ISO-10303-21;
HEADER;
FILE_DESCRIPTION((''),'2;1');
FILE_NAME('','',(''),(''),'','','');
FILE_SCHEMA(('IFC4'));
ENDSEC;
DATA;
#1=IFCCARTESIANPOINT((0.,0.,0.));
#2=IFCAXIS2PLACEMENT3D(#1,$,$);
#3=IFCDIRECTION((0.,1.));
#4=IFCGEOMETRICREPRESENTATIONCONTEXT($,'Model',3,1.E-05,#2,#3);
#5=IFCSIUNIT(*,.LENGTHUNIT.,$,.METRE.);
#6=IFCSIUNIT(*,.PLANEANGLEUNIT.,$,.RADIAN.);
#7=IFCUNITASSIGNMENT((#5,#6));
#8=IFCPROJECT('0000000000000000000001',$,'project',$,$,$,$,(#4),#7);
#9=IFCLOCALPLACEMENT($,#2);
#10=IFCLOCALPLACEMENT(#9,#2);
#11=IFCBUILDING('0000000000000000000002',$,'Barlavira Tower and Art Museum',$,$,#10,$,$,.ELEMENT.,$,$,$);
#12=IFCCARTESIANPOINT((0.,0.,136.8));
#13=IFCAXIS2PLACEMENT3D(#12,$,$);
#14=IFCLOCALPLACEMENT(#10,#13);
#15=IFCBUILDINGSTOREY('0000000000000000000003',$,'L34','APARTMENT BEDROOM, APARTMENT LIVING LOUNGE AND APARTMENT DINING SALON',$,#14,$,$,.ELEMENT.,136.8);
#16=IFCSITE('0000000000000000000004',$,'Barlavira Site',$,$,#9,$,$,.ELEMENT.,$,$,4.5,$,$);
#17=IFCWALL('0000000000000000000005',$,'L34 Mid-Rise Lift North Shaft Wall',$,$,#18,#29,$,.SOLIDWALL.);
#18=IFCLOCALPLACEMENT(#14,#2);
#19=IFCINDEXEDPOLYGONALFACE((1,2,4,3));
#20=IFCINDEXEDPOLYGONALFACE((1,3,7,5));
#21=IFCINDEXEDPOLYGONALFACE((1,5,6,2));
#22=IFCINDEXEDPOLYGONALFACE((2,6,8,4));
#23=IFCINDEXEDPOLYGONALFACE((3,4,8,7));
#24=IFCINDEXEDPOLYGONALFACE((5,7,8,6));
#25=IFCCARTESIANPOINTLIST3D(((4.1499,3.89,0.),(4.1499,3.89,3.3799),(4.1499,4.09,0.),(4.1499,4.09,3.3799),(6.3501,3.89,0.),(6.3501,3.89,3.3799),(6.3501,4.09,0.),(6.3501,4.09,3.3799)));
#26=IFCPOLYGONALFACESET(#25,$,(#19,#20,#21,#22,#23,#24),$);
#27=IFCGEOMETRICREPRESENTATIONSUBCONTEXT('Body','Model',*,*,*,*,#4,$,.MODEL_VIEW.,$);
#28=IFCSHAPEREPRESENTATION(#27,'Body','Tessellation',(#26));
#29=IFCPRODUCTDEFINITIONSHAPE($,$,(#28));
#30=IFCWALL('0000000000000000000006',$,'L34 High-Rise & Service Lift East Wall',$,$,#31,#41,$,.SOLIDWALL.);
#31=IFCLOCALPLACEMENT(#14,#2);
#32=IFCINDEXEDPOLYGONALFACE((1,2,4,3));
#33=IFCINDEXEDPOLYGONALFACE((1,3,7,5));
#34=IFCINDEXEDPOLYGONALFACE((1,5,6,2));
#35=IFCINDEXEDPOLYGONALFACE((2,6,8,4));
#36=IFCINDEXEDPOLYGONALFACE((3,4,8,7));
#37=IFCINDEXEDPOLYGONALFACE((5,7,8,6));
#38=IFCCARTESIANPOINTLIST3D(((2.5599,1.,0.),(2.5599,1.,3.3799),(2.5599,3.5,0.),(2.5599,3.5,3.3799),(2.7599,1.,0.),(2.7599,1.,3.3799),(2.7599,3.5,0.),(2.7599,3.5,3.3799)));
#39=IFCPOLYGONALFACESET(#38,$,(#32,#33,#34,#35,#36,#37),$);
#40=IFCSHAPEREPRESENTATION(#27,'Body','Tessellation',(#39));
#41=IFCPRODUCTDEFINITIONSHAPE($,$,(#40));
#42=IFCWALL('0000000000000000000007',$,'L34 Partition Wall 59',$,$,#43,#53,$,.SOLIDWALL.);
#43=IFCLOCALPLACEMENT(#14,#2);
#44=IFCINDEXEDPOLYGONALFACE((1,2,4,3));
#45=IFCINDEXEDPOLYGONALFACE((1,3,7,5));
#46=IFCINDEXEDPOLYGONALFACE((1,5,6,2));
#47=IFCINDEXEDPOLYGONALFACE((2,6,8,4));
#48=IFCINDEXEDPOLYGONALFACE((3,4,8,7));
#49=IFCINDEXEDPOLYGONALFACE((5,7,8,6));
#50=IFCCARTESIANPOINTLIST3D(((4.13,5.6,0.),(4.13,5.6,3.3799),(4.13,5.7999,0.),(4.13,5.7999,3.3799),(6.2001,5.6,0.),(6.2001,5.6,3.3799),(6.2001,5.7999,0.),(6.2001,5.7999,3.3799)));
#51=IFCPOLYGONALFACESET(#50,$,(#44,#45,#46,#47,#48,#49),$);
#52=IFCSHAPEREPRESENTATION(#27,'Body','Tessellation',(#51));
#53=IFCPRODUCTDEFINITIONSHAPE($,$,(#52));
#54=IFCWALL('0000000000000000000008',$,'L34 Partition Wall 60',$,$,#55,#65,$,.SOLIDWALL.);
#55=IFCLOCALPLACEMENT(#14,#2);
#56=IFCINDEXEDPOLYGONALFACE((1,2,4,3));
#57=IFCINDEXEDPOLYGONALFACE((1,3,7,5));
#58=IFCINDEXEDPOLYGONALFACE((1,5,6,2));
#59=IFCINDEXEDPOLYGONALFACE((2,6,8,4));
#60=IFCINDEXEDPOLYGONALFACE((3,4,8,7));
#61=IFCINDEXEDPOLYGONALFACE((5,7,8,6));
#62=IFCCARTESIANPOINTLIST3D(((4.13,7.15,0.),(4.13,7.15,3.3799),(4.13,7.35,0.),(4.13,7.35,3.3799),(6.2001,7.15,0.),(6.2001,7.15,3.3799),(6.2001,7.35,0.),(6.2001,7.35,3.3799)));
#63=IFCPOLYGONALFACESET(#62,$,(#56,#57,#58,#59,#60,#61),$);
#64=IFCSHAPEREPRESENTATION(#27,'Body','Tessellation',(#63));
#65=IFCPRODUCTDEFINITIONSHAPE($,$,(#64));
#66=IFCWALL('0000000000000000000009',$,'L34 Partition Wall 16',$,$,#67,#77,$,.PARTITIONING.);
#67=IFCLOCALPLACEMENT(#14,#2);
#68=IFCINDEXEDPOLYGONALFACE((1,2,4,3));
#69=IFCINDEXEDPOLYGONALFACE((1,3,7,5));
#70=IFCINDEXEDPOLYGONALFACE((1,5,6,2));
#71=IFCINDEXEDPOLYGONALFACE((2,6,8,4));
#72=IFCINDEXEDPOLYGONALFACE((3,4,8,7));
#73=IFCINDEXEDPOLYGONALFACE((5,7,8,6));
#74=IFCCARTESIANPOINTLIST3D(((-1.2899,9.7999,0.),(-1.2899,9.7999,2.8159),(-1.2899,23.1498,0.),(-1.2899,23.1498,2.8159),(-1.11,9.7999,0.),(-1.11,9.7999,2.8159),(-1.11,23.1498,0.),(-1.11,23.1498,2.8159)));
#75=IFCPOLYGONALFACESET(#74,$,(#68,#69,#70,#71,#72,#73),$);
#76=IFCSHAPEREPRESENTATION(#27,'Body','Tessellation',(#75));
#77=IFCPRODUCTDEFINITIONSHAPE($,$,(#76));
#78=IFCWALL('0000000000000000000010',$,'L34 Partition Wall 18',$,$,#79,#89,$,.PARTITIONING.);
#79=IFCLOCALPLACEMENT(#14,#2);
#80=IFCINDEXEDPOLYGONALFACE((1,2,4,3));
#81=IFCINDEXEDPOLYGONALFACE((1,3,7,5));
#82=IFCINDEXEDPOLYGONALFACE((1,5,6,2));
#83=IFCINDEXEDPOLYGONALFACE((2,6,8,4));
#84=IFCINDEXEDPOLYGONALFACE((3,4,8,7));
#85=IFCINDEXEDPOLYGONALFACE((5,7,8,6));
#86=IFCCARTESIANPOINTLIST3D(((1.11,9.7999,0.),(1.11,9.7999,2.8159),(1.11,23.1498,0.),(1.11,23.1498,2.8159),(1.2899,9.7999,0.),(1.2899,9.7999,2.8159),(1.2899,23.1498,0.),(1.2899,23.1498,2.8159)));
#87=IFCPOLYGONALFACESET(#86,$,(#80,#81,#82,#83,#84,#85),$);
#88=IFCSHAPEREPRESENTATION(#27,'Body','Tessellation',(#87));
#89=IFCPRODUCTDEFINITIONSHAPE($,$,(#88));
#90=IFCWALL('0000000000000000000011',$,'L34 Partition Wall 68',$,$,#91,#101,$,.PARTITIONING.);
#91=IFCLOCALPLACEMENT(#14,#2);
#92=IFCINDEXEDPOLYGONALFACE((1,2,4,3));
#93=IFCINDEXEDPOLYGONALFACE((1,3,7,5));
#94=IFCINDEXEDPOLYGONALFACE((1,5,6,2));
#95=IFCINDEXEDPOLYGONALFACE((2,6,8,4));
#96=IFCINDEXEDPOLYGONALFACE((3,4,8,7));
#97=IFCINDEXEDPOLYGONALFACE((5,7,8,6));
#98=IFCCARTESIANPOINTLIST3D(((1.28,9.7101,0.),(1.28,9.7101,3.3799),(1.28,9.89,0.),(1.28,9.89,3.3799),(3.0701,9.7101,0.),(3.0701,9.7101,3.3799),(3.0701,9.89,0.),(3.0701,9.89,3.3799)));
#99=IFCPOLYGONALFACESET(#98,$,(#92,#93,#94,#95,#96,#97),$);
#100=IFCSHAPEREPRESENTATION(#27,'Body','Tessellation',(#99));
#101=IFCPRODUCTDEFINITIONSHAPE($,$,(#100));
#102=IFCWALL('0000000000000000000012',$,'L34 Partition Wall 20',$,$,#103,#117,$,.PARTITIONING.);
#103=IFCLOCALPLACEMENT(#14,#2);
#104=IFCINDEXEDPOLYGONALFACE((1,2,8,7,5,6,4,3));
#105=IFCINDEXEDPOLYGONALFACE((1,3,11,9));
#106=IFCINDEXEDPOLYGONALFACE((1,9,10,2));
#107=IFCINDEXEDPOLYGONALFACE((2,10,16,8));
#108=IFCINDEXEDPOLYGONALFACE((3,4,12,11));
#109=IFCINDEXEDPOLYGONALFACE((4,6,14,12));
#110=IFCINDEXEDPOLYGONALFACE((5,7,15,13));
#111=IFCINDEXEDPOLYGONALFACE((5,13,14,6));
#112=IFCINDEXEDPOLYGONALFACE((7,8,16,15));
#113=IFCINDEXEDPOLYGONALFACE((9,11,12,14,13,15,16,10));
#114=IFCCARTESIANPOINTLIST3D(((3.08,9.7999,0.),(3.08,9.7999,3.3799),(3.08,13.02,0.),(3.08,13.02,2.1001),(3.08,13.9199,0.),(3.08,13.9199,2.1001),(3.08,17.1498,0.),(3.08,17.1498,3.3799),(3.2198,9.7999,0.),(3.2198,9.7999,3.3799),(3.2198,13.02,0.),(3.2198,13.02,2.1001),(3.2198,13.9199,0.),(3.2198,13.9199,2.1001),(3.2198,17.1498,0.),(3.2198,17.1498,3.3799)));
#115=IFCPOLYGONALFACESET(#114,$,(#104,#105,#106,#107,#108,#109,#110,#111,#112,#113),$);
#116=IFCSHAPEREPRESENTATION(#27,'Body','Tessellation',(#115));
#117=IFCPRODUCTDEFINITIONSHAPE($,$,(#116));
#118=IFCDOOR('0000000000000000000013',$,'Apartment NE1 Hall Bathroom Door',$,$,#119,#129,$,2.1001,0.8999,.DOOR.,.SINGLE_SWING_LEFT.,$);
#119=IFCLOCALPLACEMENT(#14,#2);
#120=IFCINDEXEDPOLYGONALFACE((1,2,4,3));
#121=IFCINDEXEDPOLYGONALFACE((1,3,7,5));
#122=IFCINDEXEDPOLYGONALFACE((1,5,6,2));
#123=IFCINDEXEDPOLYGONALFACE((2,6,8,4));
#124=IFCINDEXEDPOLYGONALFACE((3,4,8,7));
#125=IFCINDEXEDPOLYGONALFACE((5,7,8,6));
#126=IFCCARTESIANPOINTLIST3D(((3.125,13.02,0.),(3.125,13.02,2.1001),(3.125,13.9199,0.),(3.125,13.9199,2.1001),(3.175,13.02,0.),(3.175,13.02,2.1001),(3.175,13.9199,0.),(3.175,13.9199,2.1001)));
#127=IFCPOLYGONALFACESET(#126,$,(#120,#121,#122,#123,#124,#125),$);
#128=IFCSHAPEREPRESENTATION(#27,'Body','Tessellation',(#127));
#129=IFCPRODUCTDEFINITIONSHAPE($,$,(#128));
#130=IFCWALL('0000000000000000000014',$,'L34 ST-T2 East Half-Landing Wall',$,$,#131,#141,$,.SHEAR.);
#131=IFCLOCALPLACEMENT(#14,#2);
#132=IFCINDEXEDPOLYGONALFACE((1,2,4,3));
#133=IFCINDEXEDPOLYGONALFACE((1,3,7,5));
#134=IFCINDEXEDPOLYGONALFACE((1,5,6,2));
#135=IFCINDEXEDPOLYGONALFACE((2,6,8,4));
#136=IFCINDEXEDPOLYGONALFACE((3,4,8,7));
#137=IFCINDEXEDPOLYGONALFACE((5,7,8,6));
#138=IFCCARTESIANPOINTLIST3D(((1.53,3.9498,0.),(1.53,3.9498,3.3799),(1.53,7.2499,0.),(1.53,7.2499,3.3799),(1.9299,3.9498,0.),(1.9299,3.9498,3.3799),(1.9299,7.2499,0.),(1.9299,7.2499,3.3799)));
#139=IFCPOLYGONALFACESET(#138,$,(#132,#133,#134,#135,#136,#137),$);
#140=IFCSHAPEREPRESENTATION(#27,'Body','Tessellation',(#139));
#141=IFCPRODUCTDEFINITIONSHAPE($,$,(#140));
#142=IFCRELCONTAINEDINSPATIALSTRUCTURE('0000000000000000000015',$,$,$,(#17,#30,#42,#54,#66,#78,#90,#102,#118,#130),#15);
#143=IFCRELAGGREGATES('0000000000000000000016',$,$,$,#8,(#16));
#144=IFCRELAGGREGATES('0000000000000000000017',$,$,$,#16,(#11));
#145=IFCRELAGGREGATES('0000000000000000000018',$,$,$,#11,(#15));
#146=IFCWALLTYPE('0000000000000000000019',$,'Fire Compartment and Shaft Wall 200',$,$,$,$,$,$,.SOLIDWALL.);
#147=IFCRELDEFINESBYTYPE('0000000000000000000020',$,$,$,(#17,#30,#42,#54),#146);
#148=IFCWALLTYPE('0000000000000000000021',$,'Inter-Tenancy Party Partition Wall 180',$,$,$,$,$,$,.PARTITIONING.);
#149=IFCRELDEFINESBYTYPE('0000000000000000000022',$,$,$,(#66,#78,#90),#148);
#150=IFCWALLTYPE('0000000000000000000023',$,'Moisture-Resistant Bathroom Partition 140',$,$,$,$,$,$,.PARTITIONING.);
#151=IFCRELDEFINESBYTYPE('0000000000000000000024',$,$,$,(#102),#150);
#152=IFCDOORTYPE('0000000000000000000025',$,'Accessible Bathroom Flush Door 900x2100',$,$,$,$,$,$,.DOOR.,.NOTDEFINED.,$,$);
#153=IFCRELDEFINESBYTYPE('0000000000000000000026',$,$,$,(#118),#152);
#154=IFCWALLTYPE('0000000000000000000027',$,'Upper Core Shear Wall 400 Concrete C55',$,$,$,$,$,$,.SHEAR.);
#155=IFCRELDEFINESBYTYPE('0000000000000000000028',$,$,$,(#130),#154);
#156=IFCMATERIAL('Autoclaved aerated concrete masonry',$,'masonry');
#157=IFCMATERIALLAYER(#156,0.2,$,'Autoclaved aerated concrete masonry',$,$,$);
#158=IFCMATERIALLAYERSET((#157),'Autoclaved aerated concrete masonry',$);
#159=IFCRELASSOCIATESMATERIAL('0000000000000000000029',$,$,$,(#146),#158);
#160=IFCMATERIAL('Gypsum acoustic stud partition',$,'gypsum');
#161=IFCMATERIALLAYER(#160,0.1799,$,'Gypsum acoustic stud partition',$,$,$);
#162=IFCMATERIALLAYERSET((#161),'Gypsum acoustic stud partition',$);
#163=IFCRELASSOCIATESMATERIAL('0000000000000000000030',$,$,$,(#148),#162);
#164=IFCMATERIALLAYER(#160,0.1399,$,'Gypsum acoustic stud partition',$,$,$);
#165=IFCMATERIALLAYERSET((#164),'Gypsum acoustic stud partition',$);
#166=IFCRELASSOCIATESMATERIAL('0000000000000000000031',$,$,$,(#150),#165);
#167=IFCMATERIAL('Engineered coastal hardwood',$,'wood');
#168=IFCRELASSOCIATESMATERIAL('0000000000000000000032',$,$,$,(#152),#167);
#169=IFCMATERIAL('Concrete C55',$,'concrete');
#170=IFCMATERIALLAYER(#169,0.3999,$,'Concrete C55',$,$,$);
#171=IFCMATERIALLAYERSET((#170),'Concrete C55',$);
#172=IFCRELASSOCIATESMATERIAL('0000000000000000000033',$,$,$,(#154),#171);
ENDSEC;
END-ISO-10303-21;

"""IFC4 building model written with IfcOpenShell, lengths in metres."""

from ifc_helpers import new_model, si_unit, direction, frame, frame_2d, origin, place, context, subcontext, project, spatial, rectangle, extrude, material, layer, layer_set, type_object, element, fill, save


model = new_model("IFC4")

# Units and contexts
model_context = context("Model", 3, precision=1e-05, world=origin(), true_north=direction((0.0, 1.0)))
body_context = subcontext(model_context, "Body", "Model", "MODEL_VIEW")
ifc_project = project(units=[si_unit("LENGTHUNIT", "METRE"), si_unit("PLANEANGLEUNIT", "RADIAN")], contexts=[model_context])

# Site, building, storey
site_placement = place(None, origin())
site = spatial("IfcSite", under=ifc_project, at=site_placement, Name="Barlavira Site", CompositionType="ELEMENT", RefElevation=4.5)
building_placement = place(site_placement, origin())
building = spatial("IfcBuilding", under=site, at=building_placement, Name="Barlavira Tower and Art Museum", CompositionType="ELEMENT")
storey_placement = place(building_placement, frame((0.0, 0.0, 136.8)))
storey = spatial("IfcBuildingStorey", under=building, at=storey_placement, Name="L34", Description="APARTMENT BEDROOM, APARTMENT LIVING LOUNGE AND APARTMENT DINING SALON", CompositionType="ELEMENT", Elevation=136.8)

# Walls
ifc_material_1 = material(Name="Autoclaved aerated concrete masonry", Category="masonry")
ifc_layer_1 = layer(ifc_material_1, 0.2, Name="Autoclaved aerated concrete masonry")
ifc_layer_set_1 = layer_set([ifc_layer_1], Name="Autoclaved aerated concrete masonry")
wall_type_1 = type_object("IfcWallType", Name="Fire Compartment and Shaft Wall 200", PredefinedType="SOLIDWALL", material=ifc_layer_set_1)
for number, where, z_axis, x_axis, name in (
    (1, (4.1499, 3.99, 0.0), (0.0, 0.0, 1.0), (1.0, 0.0, 0.0), "L34 Mid-Rise Lift North Shaft Wall"),
):
    element("IfcWall", number, at=place(storey_placement, frame(where, z_axis=z_axis, x_axis=x_axis)), inside=storey, type_object=wall_type_1, Name=name, PredefinedType="SOLIDWALL", context=body_context, shape_type="SweptSolid", body=[
        extrude(rectangle(XDim=2.2002, YDim=0.2, at=frame_2d((1.1001, 0.0))), origin(), (0.0, 0.0, 1.0), 3.3799),
    ])
wall_1_placement = place(storey_placement, frame((2.6599, 1.0, 0.0), z_axis=(0.0, 0.0, 1.0), x_axis=(0.0, 1.0, 0.0)))
element("IfcWall", 2, at=wall_1_placement, inside=storey, type_object=wall_type_1, Name="L34 High-Rise & Service Lift East Wall", PredefinedType="SOLIDWALL", context=body_context, shape_type="SweptSolid", body=[
    extrude(rectangle(XDim=2.5, YDim=0.2, at=frame_2d((1.25, 0.0))), origin(), (0.0, 0.0, 1.0), 3.3799),
])

# Walls
for number, where, z_axis, x_axis, name in (
    (3, (4.1299, 5.7, 0.0), (0.0, 0.0, 1.0), (1.0, 0.0, 0.0), "L34 Partition Wall 59"),
    (4, (4.1299, 7.25, 0.0), (0.0, 0.0, 1.0), (1.0, 0.0, 0.0), "L34 Partition Wall 60"),
):
    element("IfcWall", number, at=place(storey_placement, frame(where, z_axis=z_axis, x_axis=x_axis)), inside=storey, type_object=wall_type_1, Name=name, PredefinedType="SOLIDWALL", context=body_context, shape_type="SweptSolid", body=[
        extrude(rectangle(XDim=2.0701, YDim=0.2, at=frame_2d((1.0352, 0.0))), origin(), (0.0, 0.0, 1.0), 3.3799),
    ])
ifc_material_2 = material(Name="Gypsum acoustic stud partition", Category="gypsum")
ifc_layer_2 = layer(ifc_material_2, 0.1799, Name="Gypsum acoustic stud partition")
ifc_layer_set_2 = layer_set([ifc_layer_2], Name="Gypsum acoustic stud partition")
wall_type_2 = type_object("IfcWallType", Name="Inter-Tenancy Party Partition Wall 180", PredefinedType="PARTITIONING", material=ifc_layer_set_2)
for number, where, z_axis, x_axis, name in (
    (5, (-1.2, 9.8, 0.0), (0.0, 0.0, 1.0), (0.0, 1.0, 0.0), "L34 Partition Wall 16"),
    (6, (1.2, 9.8, 0.0), (0.0, 0.0, 1.0), (0.0, 1.0, 0.0), "L34 Partition Wall 18"),
):
    element("IfcWall", number, at=place(storey_placement, frame(where, z_axis=z_axis, x_axis=x_axis)), inside=storey, type_object=wall_type_2, Name=name, PredefinedType="PARTITIONING", context=body_context, shape_type="SweptSolid", body=[
        extrude(rectangle(XDim=13.3499, YDim=0.1799, at=frame_2d((6.6748, 0.0))), origin(), (0.0, 0.0, 1.0), 2.8159),
    ])
wall_2_placement = place(storey_placement, frame((1.28, 9.8, 0.0), z_axis=(0.0, 0.0, 1.0), x_axis=(1.0, 0.0, 0.0)))
element("IfcWall", 7, at=wall_2_placement, inside=storey, type_object=wall_type_2, Name="L34 Partition Wall 68", PredefinedType="PARTITIONING", context=body_context, shape_type="SweptSolid", body=[
    extrude(rectangle(XDim=1.79, YDim=0.1799, at=frame_2d((0.895, 0.0))), origin(), (0.0, 0.0, 1.0), 3.3799),
])

# Wall, opening, door
ifc_layer_3 = layer(ifc_material_2, 0.1399, Name="Gypsum acoustic stud partition")
ifc_layer_set_3 = layer_set([ifc_layer_3], Name="Gypsum acoustic stud partition")
wall_type_3 = type_object("IfcWallType", Name="Moisture-Resistant Bathroom Partition 140", PredefinedType="PARTITIONING", material=ifc_layer_set_3)
wall_3_placement = place(storey_placement, frame((3.1499, 9.8, 0.0), z_axis=(0.0, 0.0, 1.0), x_axis=(0.0, 1.0, 0.0)))
wall_3 = element("IfcWall", 8, at=wall_3_placement, inside=storey, type_object=wall_type_3, Name="L34 Partition Wall 20", PredefinedType="PARTITIONING", context=body_context, shape_type="SweptSolid", body=[
    extrude(rectangle(XDim=7.3499, YDim=0.1399, at=frame_2d((3.6748, 0.0))), origin(), (0.0, 0.0, 1.0), 3.3799),
])
opening_1_placement = place(wall_3_placement, frame((3.22, 0.0, 0.0)))
opening_1 = element("IfcOpeningElement", 9, at=opening_1_placement, cuts=wall_3, PredefinedType="OPENING", context=body_context, shape_type="SweptSolid", body=[
    extrude(rectangle(XDim=0.8999, YDim=2.1001, at=frame_2d((0.45, 1.05))), frame((0.0, 0.0801, 0.0), z_axis=(0.0, -1.0, 0.0), x_axis=(1.0, 0.0, 0.0)), (0.0, 0.0, 1.0), 0.1599),
])
ifc_material_3 = material(Name="Engineered coastal hardwood", Category="wood")
door_type_1 = type_object("IfcDoorType", Name="Accessible Bathroom Flush Door 900x2100", OperationType="NOTDEFINED", PredefinedType="DOOR", material=ifc_material_3)
door_1_placement = place(opening_1_placement, origin())
door_1 = element("IfcDoor", 10, at=door_1_placement, inside=storey, type_object=door_type_1, Name="Apartment NE1 Hall Bathroom Door", OperationType="SINGLE_SWING_LEFT", OverallHeight=2.1001, OverallWidth=0.8999, PredefinedType="DOOR", context=body_context, shape_type="SweptSolid", body=[
    extrude(rectangle(XDim=0.8999, YDim=2.1001, at=frame_2d((0.45, 1.05))), frame((0.0, 0.0249, 0.0), z_axis=(0.0, -1.0, 0.0), x_axis=(1.0, 0.0, 0.0)), (0.0, 0.0, 1.0), 0.05),
])
fill(opening_1, door_1)

# Wall
ifc_material_4 = material(Name="Concrete C55", Category="concrete")
ifc_layer_4 = layer(ifc_material_4, 0.3999, Name="Concrete C55")
ifc_layer_set_4 = layer_set([ifc_layer_4], Name="Concrete C55")
wall_type_4 = type_object("IfcWallType", Name="Upper Core Shear Wall 400 Concrete C55", PredefinedType="SHEAR", material=ifc_layer_set_4)
wall_4_placement = place(storey_placement, frame((1.73, 3.95, 0.0), z_axis=(0.0, 0.0, 1.0), x_axis=(0.0, 1.0, 0.0)))
element("IfcWall", 11, at=wall_4_placement, inside=storey, type_object=wall_type_4, Name="L34 ST-T2 East Half-Landing Wall", PredefinedType="SHEAR", context=body_context, shape_type="SweptSolid", body=[
    extrude(rectangle(XDim=3.3, YDim=0.3999, at=frame_2d((1.6499, 0.0))), origin(), (0.0, 0.0, 1.0), 3.3799),
])

save(model, "model.ifc")
